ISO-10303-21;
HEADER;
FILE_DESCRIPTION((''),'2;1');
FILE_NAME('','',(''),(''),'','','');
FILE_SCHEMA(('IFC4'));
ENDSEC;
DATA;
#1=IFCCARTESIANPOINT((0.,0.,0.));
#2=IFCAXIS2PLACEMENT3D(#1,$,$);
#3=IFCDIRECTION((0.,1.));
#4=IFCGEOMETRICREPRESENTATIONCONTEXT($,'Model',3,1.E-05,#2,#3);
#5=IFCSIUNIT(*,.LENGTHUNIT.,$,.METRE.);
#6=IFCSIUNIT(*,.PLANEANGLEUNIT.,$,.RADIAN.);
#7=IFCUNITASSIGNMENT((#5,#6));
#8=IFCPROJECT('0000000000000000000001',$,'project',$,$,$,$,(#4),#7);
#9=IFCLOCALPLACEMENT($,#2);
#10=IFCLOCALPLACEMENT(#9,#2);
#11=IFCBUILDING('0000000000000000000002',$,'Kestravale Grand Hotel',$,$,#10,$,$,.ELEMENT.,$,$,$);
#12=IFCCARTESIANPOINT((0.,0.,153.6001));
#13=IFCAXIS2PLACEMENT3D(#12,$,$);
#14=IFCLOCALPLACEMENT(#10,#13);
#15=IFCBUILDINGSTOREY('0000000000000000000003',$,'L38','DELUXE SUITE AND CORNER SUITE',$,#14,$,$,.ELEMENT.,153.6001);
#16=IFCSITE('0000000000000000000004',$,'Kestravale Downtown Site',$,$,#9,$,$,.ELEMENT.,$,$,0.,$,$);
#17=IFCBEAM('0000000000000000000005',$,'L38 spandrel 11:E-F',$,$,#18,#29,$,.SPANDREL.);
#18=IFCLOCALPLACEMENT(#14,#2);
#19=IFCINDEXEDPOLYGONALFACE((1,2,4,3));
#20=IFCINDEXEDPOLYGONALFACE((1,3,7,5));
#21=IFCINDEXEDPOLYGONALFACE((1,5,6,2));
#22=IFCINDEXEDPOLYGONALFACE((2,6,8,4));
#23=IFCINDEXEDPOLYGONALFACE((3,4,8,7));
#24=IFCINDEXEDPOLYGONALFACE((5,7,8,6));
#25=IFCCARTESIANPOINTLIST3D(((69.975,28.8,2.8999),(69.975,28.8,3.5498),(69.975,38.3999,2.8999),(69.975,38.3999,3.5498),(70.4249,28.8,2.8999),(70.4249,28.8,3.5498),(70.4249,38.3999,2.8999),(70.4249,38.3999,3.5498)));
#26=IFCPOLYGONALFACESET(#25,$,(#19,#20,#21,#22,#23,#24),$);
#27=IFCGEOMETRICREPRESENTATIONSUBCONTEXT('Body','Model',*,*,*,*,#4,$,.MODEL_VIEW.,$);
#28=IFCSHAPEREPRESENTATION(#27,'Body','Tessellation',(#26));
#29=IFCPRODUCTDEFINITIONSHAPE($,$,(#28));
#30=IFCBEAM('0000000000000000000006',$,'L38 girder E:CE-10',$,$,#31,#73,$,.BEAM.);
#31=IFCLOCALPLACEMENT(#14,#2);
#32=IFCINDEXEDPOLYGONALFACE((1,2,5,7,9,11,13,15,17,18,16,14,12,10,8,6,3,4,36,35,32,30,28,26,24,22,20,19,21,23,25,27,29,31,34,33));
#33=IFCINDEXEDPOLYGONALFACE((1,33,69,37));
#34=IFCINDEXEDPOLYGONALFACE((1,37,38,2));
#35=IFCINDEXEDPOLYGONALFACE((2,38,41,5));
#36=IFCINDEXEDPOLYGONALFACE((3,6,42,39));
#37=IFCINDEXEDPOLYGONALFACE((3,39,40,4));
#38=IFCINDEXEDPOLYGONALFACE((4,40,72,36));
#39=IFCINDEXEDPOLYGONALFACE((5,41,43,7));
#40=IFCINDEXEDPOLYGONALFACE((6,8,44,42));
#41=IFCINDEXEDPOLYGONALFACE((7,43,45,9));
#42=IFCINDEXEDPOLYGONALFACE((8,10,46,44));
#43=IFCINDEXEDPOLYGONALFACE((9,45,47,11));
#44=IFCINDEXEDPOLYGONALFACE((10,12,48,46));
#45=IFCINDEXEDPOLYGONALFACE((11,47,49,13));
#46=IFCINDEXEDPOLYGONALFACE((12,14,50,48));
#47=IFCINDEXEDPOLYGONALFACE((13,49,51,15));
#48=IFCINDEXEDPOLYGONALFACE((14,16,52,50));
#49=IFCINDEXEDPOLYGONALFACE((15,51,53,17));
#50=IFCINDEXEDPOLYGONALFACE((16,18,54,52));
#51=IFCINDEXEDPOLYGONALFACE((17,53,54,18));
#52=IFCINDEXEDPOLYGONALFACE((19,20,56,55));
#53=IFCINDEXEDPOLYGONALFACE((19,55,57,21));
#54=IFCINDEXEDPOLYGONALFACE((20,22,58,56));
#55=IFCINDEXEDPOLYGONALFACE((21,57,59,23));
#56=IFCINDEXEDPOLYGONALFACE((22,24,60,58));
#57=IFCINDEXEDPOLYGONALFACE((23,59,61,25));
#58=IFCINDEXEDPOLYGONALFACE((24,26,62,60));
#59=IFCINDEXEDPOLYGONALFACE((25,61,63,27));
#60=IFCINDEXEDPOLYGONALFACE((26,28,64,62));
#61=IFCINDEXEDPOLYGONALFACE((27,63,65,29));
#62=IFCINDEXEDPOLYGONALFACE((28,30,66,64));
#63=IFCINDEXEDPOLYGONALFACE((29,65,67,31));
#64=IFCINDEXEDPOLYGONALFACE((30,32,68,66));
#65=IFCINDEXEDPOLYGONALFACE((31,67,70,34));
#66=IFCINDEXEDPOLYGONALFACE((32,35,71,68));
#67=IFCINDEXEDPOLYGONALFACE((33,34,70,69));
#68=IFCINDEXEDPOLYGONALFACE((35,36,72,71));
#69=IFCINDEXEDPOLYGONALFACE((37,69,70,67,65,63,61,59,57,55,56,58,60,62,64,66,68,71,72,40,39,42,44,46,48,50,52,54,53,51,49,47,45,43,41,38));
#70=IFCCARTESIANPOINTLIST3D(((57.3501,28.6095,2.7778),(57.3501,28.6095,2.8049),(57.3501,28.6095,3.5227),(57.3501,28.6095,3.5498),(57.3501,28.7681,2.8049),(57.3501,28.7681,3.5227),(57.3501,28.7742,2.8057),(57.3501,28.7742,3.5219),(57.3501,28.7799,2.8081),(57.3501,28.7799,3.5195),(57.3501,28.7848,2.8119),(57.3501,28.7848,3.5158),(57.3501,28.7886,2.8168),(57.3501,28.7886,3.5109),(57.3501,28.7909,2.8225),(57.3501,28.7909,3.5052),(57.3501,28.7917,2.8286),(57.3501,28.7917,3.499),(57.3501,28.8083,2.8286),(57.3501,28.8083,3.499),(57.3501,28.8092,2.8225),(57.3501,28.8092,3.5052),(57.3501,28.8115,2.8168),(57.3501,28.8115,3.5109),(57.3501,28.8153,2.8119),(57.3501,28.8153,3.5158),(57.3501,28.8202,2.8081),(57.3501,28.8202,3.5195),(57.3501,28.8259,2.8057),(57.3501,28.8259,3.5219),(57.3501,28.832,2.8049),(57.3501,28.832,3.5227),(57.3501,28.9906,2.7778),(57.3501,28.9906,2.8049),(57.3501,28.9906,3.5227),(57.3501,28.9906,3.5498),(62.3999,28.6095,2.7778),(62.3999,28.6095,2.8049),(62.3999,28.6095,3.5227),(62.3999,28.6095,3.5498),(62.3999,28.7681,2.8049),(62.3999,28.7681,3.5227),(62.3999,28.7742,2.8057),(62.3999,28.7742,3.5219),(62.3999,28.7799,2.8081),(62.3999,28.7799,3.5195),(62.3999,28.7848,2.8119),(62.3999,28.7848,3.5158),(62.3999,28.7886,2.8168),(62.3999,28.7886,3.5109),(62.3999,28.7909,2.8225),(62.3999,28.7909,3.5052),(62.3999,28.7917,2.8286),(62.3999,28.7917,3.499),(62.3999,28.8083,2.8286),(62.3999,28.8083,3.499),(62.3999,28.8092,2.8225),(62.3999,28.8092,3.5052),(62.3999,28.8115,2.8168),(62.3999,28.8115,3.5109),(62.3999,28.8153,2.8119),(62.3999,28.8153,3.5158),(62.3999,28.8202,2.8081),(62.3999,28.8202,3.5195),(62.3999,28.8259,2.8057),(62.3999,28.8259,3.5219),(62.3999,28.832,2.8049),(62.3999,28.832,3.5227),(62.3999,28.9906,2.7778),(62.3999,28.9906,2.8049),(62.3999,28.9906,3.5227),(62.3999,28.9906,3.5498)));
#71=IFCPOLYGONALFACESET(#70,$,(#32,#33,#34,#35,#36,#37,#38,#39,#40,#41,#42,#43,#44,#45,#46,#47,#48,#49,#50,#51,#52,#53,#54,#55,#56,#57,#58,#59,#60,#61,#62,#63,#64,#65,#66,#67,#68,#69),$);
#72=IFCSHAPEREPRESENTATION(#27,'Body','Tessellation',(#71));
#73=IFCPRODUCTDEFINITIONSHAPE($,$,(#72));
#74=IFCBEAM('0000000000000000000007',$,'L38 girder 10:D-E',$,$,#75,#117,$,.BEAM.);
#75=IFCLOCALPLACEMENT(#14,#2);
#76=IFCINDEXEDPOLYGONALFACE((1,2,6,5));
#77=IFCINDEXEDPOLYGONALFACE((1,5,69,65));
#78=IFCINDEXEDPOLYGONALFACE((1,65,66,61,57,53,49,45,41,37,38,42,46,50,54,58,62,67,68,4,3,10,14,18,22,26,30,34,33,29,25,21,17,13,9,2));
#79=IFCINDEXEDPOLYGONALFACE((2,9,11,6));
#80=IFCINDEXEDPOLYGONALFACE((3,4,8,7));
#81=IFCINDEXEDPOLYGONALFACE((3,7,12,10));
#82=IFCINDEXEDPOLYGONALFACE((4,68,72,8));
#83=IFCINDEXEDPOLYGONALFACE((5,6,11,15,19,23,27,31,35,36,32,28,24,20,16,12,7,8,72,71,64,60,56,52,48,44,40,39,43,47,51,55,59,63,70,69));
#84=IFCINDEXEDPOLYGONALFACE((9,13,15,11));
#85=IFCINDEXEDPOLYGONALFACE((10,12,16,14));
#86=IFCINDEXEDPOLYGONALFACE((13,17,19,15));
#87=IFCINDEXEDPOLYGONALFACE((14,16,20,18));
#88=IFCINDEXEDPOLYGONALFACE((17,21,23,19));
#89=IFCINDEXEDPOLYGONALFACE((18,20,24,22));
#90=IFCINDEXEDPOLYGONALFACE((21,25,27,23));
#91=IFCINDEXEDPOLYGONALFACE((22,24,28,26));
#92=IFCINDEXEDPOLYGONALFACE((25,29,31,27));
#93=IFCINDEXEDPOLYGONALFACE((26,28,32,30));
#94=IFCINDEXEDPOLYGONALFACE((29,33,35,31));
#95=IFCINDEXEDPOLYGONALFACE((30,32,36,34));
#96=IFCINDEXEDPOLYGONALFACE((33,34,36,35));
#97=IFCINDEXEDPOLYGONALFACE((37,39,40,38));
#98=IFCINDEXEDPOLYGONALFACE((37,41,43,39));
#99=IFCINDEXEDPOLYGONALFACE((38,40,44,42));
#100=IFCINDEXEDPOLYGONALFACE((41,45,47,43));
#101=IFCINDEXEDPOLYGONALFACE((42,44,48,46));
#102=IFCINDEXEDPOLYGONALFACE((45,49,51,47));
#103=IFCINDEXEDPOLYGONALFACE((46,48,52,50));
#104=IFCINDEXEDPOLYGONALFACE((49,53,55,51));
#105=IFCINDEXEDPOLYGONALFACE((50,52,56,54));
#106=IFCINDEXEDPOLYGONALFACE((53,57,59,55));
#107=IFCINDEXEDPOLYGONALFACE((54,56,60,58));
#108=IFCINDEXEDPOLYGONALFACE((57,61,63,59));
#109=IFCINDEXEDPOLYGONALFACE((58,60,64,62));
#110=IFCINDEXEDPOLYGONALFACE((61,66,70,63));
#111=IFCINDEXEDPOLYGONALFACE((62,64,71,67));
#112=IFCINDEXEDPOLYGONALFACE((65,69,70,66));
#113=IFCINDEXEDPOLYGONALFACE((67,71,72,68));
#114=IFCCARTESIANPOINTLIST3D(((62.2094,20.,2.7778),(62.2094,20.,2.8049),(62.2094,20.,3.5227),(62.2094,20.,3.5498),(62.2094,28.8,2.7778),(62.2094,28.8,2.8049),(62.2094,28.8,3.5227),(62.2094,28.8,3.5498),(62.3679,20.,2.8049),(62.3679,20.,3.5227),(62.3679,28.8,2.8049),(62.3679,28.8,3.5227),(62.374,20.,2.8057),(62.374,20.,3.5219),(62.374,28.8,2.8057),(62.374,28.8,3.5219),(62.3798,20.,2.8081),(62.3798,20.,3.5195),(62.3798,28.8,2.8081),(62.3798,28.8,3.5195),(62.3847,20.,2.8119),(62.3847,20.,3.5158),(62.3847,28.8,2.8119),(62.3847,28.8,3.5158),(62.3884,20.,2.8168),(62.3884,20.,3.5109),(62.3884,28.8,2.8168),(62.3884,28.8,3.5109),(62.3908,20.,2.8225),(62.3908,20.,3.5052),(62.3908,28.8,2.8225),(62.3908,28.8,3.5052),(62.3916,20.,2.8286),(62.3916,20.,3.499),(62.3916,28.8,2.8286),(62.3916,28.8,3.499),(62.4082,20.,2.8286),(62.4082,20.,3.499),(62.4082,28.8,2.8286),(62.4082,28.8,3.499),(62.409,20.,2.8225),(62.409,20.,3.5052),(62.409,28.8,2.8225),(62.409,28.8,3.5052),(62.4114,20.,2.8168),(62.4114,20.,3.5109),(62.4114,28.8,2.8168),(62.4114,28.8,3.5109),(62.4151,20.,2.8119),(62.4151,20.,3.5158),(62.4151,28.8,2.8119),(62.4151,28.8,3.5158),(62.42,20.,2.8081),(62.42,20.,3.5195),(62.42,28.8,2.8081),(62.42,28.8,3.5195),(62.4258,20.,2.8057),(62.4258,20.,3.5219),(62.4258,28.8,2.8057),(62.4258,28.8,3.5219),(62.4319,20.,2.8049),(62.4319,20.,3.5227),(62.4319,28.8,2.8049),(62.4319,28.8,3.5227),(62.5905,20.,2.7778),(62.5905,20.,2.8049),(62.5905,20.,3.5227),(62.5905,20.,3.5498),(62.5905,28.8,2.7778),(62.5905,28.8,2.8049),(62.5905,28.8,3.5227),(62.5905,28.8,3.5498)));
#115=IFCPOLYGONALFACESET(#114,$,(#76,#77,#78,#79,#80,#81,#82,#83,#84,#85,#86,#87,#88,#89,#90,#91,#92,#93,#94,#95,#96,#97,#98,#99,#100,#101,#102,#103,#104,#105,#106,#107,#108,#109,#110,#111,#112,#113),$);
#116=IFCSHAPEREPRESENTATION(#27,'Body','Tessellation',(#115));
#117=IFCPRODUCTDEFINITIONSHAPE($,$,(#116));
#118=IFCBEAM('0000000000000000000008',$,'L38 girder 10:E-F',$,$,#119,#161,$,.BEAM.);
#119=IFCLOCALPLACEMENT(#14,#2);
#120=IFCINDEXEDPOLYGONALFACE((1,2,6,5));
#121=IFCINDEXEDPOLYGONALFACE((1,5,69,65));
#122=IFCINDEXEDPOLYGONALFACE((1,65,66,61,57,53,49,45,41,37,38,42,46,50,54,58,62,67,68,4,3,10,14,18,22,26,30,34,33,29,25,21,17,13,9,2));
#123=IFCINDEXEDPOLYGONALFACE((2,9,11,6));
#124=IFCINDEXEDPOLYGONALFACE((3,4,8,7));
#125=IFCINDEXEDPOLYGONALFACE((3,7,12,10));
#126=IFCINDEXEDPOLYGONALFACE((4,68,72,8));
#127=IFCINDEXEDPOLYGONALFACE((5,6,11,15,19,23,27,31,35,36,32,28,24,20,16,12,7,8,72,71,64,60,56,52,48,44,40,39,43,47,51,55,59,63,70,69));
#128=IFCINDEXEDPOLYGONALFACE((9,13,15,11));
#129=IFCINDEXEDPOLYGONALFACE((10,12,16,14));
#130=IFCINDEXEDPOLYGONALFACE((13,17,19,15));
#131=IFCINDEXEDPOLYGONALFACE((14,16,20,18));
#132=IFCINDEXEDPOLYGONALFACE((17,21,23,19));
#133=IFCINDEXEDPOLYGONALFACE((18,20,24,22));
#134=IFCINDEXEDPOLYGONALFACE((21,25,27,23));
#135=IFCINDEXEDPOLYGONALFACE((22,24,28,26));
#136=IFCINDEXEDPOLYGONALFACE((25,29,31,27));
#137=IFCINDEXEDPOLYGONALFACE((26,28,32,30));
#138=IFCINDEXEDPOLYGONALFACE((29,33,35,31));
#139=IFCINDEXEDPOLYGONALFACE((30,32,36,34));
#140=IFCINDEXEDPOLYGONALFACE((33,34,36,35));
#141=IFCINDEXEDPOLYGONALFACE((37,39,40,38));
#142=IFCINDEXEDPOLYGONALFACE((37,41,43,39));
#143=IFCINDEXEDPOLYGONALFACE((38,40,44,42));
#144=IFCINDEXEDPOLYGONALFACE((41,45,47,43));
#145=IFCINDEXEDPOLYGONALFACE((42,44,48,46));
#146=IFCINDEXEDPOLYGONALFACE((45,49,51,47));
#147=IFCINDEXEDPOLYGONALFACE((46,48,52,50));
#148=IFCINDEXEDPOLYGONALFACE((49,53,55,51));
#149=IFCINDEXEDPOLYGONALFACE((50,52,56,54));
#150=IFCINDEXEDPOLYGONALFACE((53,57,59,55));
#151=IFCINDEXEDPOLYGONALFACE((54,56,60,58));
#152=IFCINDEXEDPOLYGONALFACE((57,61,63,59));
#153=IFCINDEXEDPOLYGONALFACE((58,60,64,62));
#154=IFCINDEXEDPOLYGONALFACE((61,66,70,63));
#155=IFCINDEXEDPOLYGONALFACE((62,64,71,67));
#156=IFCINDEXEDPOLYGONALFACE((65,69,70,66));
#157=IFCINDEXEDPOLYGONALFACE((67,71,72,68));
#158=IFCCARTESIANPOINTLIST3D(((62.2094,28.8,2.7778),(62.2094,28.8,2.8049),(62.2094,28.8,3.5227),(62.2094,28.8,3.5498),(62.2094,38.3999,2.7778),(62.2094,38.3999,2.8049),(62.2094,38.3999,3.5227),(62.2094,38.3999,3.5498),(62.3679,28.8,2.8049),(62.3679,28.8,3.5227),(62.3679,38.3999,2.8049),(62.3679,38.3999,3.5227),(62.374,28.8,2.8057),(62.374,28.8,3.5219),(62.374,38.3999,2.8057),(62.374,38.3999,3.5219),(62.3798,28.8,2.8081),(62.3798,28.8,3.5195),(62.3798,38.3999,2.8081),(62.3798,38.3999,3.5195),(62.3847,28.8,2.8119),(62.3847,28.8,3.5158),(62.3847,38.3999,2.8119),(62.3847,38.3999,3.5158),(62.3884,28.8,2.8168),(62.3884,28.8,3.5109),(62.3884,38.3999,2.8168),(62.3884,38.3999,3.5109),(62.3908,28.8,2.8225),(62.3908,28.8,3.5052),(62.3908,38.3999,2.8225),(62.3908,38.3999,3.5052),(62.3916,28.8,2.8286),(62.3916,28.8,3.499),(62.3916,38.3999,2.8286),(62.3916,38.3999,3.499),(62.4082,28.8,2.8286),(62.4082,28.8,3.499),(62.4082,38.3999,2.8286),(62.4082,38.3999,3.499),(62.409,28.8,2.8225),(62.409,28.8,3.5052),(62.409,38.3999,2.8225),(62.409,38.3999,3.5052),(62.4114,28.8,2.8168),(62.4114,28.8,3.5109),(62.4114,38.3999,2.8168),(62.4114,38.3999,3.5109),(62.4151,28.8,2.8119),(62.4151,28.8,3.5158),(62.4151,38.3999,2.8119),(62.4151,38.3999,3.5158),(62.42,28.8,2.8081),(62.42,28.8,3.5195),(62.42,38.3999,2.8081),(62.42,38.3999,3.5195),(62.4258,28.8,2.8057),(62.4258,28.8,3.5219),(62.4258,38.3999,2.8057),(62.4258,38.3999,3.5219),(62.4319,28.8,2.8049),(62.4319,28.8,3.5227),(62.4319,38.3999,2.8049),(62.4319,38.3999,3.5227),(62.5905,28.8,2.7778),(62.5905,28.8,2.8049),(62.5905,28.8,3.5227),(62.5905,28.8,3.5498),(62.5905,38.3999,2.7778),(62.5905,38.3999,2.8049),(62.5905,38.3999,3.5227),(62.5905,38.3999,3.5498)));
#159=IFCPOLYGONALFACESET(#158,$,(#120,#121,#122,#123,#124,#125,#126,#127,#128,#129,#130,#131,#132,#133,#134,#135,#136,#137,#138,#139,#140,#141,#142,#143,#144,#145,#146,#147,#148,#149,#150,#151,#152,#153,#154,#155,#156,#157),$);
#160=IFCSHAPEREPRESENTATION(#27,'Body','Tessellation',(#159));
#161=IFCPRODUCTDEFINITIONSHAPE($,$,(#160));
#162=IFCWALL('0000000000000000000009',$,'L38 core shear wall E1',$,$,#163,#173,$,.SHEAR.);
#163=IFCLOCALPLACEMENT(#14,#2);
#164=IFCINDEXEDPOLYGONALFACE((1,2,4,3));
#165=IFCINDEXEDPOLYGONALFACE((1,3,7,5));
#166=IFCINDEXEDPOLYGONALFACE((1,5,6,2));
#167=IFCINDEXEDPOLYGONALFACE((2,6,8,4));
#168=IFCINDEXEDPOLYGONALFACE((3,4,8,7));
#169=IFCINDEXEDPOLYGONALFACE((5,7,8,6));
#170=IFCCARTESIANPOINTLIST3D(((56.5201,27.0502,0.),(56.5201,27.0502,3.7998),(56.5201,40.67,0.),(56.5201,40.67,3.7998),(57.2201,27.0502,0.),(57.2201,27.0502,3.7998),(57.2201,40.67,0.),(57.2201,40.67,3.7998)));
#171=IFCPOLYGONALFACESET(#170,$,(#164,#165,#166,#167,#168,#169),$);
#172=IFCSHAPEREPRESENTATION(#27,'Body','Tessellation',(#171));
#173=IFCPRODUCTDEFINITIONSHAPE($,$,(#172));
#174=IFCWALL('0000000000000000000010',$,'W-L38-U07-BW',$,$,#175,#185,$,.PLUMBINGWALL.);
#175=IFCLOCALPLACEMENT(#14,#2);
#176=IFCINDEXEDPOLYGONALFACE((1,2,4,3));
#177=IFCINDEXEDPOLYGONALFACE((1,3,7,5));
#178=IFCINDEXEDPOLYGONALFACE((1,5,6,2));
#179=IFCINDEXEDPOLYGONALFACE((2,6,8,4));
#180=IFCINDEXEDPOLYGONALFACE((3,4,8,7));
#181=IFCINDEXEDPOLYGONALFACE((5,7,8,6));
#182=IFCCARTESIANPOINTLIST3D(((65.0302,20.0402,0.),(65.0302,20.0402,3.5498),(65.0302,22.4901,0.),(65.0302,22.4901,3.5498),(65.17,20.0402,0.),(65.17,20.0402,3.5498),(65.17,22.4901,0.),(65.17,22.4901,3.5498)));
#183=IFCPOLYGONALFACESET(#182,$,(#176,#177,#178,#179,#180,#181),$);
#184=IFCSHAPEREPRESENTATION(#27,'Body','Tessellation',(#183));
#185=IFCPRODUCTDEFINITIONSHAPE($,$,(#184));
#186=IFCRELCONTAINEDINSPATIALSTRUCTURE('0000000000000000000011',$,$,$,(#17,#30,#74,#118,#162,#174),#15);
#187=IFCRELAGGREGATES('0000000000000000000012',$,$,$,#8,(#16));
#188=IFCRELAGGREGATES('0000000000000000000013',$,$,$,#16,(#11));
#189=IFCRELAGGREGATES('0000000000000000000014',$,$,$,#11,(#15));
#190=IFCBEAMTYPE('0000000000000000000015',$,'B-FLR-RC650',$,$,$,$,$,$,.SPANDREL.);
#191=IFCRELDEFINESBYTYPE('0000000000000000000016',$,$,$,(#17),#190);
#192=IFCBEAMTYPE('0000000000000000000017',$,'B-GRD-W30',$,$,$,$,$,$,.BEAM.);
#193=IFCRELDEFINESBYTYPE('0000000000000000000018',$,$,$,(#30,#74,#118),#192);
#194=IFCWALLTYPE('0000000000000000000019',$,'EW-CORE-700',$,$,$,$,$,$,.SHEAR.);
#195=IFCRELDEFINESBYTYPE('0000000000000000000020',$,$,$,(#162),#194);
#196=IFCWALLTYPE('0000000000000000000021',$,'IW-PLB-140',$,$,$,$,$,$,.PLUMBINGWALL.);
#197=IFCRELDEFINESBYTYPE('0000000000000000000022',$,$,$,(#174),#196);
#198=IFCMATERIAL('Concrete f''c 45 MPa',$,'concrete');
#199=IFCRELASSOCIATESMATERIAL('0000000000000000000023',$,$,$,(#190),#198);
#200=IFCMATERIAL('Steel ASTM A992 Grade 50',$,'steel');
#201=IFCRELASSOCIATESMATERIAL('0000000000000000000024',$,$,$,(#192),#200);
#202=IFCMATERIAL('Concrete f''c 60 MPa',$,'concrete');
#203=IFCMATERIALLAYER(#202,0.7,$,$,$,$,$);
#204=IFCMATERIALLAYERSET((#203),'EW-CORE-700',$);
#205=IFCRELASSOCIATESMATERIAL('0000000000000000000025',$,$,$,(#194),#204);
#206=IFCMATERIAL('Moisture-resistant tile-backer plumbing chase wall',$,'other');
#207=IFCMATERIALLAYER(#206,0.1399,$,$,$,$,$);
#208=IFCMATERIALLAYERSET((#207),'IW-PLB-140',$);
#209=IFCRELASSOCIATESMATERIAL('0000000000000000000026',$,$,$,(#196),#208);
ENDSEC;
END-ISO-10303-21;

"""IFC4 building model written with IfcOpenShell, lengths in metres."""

from ifc_helpers import new_model, si_unit, direction, frame, frame_2d, origin, origin_2d, place, context, subcontext, project, spatial, rectangle, i_section, extrude, material, layer, layer_set, material_profile, profile_set, type_object, element, save


model = new_model("IFC4")

# Units and contexts
model_context = context("Model", 3, precision=1e-05, world=origin(), true_north=direction((0.0, 1.0)))
body_context = subcontext(model_context, "Body", "Model", "MODEL_VIEW")
ifc_project = project(units=[si_unit("LENGTHUNIT", "METRE"), si_unit("PLANEANGLEUNIT", "RADIAN")], contexts=[model_context])

# Site, building, storey
site_placement = place(None, origin())
site = spatial("IfcSite", under=ifc_project, at=site_placement, Name="Kestravale Downtown Site", CompositionType="ELEMENT", RefElevation=0.0)
building_placement = place(site_placement, origin())
building = spatial("IfcBuilding", under=site, at=building_placement, Name="Kestravale Grand Hotel", CompositionType="ELEMENT")
storey_placement = place(building_placement, frame((0.0, 0.0, 153.6001)))
storey = spatial("IfcBuildingStorey", under=building, at=storey_placement, Name="L38", Description="DELUXE SUITE AND CORNER SUITE", CompositionType="ELEMENT", Elevation=153.6001)

# Beams
ifc_material_1 = material(Name="Concrete f'c 45 MPa", Category="concrete")
ifc_material_profile_1 = material_profile(ifc_material_1, rectangle(XDim=0.45, YDim=0.6499, at=origin_2d()))
ifc_profile_set_1 = profile_set([ifc_material_profile_1], Name="Concrete f'c 45 MPa")
beam_type_1 = type_object("IfcBeamType", Name="B-FLR-RC650", PredefinedType="SPANDREL", material=ifc_profile_set_1)
beam_1_placement = place(storey_placement, frame((70.2, 28.8, 3.2249), z_axis=(0.0, 1.0, 0.0), x_axis=(-1.0, 0.0, 0.0)))
element("IfcBeam", 1, at=beam_1_placement, inside=storey, type_object=beam_type_1, Name="L38 spandrel 11:E-F", PredefinedType="SPANDREL", context=body_context, shape_type="SweptSolid", body=[
    extrude(rectangle(XDim=0.45, YDim=0.6499, at=origin_2d()), origin(), (0.0, 0.0, 1.0), 9.5999),
])
ifc_material_2 = material(Name="Steel ASTM A992 Grade 50", Category="steel")
ifc_material_profile_2 = material_profile(ifc_material_2, i_section(OverallWidth=0.3811, OverallDepth=0.772, WebThickness=0.0166, FlangeThickness=0.0271, FilletRadius=0.0237, at=origin_2d()))
ifc_profile_set_2 = profile_set([ifc_material_profile_2], Name="Steel ASTM A992 Grade 50")
beam_type_2 = type_object("IfcBeamType", Name="B-GRD-W30", PredefinedType="BEAM", material=ifc_profile_set_2)
beam_2_placement = place(storey_placement, frame((57.3501, 28.8, 3.1638), z_axis=(1.0, 0.0, 0.0), x_axis=(0.0, 1.0, 0.0)))
element("IfcBeam", 2, at=beam_2_placement, inside=storey, type_object=beam_type_2, Name="L38 girder E:CE-10", PredefinedType="BEAM", context=body_context, shape_type="SweptSolid", body=[
    extrude(i_section(OverallWidth=0.3811, OverallDepth=0.772, WebThickness=0.0166, FlangeThickness=0.0271, FilletRadius=0.0237, at=origin_2d()), origin(), (0.0, 0.0, 1.0), 5.0498),
])
beam_3_placement = place(storey_placement, frame((62.3999, 20.0, 3.1638), z_axis=(0.0, 1.0, 0.0), x_axis=(-1.0, 0.0, 0.0)))
element("IfcBeam", 3, at=beam_3_placement, inside=storey, type_object=beam_type_2, Name="L38 girder 10:D-E", PredefinedType="BEAM", context=body_context, shape_type="SweptSolid", body=[
    extrude(i_section(OverallWidth=0.3811, OverallDepth=0.772, WebThickness=0.0166, FlangeThickness=0.0271, FilletRadius=0.0237, at=origin_2d()), origin(), (0.0, 0.0, 1.0), 8.8),
])
beam_4_placement = place(storey_placement, frame((62.3999, 28.8, 3.1638), z_axis=(0.0, 1.0, 0.0), x_axis=(-1.0, 0.0, 0.0)))
element("IfcBeam", 4, at=beam_4_placement, inside=storey, type_object=beam_type_2, Name="L38 girder 10:E-F", PredefinedType="BEAM", context=body_context, shape_type="SweptSolid", body=[
    extrude(i_section(OverallWidth=0.3811, OverallDepth=0.772, WebThickness=0.0166, FlangeThickness=0.0271, FilletRadius=0.0237, at=origin_2d()), origin(), (0.0, 0.0, 1.0), 9.5999),
])

# Walls
ifc_material_3 = material(Name="Concrete f'c 60 MPa", Category="concrete")
ifc_layer_1 = layer(ifc_material_3, 0.7)
ifc_layer_set_1 = layer_set([ifc_layer_1], Name="EW-CORE-700")
wall_type_1 = type_object("IfcWallType", Name="EW-CORE-700", PredefinedType="SHEAR", material=ifc_layer_set_1)
wall_1_placement = place(storey_placement, frame((56.8701, 27.05, 0.0), z_axis=(0.0, 0.0, 1.0), x_axis=(0.0, 1.0, 0.0)))
element("IfcWall", 5, at=wall_1_placement, inside=storey, type_object=wall_type_1, Name="L38 core shear wall E1", PredefinedType="SHEAR", context=body_context, shape_type="SweptSolid", body=[
    extrude(rectangle(XDim=13.6199, YDim=0.7, at=frame_2d((6.8101, 0.0))), origin(), (0.0, 0.0, 1.0), 3.7998),
])
ifc_material_4 = material(Name="Moisture-resistant tile-backer plumbing chase wall", Category="other")
ifc_layer_2 = layer(ifc_material_4, 0.1399)
ifc_layer_set_2 = layer_set([ifc_layer_2], Name="IW-PLB-140")
wall_type_2 = type_object("IfcWallType", Name="IW-PLB-140", PredefinedType="PLUMBINGWALL", material=ifc_layer_set_2)
wall_2_placement = place(storey_placement, frame((65.1001, 20.04, 0.0), z_axis=(0.0, 0.0, 1.0), x_axis=(0.0, 1.0, 0.0)))
element("IfcWall", 6, at=wall_2_placement, inside=storey, type_object=wall_type_2, Name="W-L38-U07-BW", PredefinedType="PLUMBINGWALL", context=body_context, shape_type="SweptSolid", body=[
    extrude(rectangle(XDim=2.45, YDim=0.1399, at=frame_2d((1.2251, 0.0))), origin(), (0.0, 0.0, 1.0), 3.5498),
])

save(model, "model.ifc")
